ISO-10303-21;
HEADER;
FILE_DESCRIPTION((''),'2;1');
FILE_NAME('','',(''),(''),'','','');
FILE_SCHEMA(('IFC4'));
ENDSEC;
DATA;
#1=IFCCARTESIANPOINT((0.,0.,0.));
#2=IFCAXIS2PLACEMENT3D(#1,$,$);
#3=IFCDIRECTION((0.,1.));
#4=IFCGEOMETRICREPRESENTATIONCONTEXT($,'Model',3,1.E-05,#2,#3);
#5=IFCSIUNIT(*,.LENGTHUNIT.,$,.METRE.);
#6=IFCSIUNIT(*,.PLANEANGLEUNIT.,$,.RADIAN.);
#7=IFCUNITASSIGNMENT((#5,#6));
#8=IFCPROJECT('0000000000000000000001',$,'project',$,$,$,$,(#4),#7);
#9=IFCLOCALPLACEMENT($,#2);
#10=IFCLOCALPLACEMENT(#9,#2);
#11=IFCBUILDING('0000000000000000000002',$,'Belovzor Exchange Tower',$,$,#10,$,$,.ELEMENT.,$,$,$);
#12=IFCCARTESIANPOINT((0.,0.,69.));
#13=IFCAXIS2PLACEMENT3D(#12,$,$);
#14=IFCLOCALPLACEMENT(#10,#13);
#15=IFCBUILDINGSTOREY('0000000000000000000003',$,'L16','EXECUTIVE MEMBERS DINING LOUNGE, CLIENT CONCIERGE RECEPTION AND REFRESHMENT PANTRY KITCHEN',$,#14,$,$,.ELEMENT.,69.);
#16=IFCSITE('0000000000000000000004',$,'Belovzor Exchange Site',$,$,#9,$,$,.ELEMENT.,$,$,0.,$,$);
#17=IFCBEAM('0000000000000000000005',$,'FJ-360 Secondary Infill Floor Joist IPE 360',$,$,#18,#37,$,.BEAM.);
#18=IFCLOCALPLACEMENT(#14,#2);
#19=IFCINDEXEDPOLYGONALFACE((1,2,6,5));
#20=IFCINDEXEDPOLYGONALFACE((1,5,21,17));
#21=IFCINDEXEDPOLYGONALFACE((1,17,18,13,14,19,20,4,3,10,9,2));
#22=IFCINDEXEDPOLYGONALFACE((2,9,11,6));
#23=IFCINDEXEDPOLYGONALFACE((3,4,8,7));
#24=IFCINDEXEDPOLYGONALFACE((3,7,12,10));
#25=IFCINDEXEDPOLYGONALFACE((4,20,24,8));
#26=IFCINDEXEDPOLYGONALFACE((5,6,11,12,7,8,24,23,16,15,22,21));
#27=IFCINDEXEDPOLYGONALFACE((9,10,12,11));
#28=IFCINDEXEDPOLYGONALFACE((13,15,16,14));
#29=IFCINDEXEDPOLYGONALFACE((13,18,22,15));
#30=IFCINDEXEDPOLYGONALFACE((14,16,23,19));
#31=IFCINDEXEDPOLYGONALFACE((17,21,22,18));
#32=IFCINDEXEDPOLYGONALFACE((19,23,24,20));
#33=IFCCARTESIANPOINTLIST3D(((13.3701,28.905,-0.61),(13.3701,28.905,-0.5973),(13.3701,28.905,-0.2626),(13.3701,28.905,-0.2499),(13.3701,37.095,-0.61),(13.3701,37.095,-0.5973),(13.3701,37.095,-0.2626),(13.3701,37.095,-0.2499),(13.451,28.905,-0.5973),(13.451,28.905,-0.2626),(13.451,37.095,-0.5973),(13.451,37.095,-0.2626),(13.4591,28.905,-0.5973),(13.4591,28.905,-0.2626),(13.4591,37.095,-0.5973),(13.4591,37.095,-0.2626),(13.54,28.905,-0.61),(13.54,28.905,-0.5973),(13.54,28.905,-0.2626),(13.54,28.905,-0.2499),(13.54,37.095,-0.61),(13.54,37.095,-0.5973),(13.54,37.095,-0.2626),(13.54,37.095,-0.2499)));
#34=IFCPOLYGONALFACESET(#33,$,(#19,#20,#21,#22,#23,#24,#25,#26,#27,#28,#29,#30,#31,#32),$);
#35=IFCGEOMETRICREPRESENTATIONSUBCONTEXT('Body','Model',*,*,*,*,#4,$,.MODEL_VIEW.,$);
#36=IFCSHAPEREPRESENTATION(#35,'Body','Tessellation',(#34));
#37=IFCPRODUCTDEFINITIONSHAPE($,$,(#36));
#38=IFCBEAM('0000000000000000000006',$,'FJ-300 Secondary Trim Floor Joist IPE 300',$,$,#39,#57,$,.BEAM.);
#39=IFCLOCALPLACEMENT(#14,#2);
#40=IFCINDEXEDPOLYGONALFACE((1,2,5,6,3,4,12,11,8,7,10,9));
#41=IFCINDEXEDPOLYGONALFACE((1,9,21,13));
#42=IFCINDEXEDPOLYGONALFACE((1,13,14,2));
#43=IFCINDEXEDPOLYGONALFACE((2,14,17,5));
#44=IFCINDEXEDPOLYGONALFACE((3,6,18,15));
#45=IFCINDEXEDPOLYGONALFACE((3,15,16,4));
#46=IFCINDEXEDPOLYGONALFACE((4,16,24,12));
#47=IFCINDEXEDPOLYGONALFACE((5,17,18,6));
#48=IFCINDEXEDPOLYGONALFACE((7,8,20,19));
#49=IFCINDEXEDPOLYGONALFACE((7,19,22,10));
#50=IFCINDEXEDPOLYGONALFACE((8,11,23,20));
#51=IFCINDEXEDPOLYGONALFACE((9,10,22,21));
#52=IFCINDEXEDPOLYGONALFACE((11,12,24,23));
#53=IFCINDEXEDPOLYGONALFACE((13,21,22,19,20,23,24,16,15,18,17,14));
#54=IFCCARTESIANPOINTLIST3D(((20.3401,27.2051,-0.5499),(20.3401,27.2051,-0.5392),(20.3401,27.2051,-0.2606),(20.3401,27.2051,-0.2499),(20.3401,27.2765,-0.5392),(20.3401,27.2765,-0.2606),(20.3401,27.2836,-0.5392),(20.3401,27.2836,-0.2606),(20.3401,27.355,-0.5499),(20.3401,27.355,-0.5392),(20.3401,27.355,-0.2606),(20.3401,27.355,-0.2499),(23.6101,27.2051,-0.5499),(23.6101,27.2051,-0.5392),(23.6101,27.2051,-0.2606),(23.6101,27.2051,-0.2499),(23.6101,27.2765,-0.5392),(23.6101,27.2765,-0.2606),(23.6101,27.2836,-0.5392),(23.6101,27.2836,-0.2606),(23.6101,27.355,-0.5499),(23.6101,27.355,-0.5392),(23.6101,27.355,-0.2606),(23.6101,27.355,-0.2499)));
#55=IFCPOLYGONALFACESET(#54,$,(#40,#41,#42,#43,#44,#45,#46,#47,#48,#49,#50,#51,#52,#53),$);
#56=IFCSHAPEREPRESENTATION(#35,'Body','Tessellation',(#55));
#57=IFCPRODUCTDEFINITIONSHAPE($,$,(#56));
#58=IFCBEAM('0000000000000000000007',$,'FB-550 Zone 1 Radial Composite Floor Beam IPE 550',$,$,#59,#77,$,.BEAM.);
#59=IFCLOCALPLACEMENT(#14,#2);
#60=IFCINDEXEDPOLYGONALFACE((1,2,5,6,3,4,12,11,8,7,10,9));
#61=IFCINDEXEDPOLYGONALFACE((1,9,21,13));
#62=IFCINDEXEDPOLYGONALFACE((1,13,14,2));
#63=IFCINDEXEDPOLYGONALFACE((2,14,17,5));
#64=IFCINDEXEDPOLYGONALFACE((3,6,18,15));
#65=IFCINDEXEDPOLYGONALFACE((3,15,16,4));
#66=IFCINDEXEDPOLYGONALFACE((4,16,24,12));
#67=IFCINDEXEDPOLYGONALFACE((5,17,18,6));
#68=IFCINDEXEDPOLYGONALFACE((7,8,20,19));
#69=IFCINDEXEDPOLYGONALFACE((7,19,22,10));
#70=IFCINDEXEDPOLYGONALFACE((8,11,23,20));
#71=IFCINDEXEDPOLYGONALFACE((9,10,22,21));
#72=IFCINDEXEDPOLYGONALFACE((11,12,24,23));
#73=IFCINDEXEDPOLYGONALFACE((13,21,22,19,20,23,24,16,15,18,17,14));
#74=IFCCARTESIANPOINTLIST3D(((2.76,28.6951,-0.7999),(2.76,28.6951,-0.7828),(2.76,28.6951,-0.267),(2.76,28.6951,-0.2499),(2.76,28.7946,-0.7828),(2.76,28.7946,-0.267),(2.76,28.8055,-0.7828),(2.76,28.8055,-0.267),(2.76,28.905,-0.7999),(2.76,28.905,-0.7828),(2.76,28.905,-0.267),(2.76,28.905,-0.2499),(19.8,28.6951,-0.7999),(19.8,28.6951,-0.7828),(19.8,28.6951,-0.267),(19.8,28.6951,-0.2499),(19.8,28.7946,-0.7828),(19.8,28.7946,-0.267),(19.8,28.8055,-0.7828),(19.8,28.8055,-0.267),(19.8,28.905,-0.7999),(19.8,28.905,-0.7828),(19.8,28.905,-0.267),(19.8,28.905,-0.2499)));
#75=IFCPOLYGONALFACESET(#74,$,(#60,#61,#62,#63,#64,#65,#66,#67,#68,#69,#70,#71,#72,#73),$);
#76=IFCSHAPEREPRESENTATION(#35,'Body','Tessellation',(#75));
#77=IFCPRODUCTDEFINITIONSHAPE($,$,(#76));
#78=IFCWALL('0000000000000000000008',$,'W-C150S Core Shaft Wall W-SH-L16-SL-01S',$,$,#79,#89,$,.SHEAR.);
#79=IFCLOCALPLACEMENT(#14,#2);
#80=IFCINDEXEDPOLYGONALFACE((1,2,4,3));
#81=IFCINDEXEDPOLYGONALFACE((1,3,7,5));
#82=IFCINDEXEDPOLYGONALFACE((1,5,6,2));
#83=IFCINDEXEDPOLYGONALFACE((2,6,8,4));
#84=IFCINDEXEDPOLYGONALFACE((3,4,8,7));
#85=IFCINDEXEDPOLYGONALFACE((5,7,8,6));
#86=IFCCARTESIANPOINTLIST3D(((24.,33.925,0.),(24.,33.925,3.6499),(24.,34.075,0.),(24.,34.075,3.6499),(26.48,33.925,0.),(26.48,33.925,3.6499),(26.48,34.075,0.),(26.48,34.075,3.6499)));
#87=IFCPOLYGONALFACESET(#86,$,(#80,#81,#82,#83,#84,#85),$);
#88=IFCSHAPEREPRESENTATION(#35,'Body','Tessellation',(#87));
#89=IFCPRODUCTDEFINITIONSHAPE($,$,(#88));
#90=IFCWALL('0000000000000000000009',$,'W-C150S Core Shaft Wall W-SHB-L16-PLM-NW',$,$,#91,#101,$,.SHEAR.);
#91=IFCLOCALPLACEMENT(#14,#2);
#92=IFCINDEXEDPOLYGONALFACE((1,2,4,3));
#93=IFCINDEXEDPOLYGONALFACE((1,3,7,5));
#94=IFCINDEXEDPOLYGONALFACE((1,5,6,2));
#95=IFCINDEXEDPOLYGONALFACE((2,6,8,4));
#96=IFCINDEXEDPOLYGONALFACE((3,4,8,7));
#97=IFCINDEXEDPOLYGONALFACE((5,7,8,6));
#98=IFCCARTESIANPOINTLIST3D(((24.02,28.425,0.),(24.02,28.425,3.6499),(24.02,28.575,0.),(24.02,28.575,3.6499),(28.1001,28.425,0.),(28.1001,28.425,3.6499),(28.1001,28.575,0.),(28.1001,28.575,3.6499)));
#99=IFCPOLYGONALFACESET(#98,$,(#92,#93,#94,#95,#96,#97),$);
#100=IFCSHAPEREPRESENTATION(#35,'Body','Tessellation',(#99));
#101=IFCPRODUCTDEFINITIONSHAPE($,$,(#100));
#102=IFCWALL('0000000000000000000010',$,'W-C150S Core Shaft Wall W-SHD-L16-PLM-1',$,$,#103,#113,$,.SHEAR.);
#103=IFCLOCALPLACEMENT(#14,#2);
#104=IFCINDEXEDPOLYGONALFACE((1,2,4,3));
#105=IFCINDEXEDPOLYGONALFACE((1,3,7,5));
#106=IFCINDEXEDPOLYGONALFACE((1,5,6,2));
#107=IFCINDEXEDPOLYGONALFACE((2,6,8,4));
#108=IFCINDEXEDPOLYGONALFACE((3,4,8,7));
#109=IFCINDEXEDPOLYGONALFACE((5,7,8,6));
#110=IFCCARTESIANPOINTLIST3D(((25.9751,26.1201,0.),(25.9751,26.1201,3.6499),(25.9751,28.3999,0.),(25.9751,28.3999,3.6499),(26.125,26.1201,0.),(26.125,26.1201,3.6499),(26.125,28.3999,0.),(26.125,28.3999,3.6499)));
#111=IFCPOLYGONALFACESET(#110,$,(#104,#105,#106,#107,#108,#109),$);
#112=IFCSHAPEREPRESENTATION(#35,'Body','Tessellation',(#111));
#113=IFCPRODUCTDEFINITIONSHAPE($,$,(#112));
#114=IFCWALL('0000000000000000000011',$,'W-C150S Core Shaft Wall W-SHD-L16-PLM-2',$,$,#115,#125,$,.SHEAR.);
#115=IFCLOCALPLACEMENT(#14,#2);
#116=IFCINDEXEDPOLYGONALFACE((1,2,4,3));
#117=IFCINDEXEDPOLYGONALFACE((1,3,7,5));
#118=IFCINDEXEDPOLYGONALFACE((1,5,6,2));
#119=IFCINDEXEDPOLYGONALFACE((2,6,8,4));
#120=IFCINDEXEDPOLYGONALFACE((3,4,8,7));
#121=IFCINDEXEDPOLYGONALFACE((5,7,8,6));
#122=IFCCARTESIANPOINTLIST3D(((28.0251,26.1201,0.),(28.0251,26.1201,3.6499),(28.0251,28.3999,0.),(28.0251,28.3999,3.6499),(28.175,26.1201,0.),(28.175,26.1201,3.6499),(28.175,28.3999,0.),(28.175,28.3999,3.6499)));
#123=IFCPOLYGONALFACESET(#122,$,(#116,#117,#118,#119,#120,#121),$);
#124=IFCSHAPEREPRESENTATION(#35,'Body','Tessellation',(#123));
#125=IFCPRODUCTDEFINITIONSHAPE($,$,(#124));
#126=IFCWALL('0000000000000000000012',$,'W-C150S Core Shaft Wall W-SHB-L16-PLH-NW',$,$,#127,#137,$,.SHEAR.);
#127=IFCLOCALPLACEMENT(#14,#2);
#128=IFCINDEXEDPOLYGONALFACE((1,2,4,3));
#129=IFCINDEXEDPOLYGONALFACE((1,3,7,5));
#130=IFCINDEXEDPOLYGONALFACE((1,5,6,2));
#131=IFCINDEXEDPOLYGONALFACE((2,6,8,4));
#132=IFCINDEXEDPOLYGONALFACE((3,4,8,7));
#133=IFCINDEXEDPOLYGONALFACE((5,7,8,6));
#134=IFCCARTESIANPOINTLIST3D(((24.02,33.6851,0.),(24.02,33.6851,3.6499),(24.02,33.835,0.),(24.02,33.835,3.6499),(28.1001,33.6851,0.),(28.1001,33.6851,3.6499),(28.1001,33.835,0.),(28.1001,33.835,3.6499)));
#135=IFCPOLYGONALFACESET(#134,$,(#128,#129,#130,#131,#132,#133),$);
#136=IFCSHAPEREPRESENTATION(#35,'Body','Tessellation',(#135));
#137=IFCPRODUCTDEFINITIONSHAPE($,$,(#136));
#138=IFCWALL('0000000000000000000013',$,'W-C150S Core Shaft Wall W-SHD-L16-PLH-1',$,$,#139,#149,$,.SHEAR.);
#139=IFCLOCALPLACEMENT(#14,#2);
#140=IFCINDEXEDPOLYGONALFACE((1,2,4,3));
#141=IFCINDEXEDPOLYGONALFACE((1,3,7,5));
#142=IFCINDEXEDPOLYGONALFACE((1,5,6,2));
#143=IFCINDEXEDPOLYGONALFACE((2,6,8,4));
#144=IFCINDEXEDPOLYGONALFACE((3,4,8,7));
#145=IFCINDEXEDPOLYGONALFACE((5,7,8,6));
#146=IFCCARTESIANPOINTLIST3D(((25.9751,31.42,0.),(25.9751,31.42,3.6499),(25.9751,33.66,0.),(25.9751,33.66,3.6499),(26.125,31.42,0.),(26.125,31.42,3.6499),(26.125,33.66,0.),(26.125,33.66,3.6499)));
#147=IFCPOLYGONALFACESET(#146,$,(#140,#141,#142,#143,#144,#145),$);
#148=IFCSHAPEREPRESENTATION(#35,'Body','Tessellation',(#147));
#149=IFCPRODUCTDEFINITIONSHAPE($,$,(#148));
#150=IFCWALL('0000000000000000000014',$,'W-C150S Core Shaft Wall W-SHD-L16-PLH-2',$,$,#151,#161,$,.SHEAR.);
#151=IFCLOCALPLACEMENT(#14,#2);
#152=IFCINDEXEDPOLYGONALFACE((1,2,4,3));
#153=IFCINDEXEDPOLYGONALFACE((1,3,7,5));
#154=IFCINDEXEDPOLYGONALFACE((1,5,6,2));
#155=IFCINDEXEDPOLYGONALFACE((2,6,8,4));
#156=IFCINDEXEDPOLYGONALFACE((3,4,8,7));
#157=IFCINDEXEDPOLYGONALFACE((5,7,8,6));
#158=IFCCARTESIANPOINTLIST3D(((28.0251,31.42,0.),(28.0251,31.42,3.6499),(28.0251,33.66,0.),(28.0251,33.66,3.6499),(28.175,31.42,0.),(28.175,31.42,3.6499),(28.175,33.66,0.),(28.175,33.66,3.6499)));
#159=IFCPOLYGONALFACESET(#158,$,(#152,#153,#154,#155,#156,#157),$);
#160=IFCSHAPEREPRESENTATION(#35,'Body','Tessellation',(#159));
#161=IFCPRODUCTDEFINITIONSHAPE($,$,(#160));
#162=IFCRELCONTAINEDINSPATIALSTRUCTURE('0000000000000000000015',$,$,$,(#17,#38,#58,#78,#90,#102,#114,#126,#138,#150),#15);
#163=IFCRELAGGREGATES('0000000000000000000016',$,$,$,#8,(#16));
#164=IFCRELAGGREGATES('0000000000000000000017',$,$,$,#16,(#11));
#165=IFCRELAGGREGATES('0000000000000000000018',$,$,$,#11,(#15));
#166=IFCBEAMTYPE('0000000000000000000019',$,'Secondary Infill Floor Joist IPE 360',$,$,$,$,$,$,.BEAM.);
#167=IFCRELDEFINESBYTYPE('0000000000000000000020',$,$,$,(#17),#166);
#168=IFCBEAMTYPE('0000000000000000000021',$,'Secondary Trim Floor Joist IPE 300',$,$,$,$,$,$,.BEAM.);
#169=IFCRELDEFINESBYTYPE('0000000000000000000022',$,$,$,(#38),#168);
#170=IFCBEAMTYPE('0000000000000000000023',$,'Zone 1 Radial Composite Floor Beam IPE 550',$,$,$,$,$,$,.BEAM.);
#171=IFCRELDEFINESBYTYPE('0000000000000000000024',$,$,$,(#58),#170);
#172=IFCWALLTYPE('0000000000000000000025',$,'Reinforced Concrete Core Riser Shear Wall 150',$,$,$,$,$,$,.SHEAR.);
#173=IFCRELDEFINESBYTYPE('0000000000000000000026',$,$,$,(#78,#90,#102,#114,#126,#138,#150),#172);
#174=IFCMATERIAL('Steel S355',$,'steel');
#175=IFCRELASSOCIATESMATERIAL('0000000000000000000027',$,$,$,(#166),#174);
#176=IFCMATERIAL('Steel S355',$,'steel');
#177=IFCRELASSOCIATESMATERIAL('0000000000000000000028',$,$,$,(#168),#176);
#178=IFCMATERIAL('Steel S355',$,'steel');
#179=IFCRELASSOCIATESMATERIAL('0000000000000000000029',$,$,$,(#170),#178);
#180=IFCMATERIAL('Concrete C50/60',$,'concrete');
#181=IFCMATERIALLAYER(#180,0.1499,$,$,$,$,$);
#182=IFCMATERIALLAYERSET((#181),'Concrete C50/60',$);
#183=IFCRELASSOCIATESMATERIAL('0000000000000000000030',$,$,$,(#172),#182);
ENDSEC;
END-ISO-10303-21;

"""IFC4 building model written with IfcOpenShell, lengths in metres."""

from ifc_helpers import new_model, si_unit, direction, frame, frame_2d, origin, origin_2d, place, context, subcontext, project, spatial, rectangle, i_section, extrude, material, layer, layer_set, material_profile, profile_set, type_object, element, save


model = new_model("IFC4")

# Units and contexts
model_context = context("Model", 3, precision=1e-05, world=origin(), true_north=direction((0.0, 1.0)))
body_context = subcontext(model_context, "Body", "Model", "MODEL_VIEW")
ifc_project = project(units=[si_unit("LENGTHUNIT", "METRE"), si_unit("PLANEANGLEUNIT", "RADIAN")], contexts=[model_context])

# Site, building, storey
site_placement = place(None, origin())
site = spatial("IfcSite", under=ifc_project, at=site_placement, Name="Belovzor Exchange Site", CompositionType="ELEMENT", RefElevation=0.0)
building_placement = place(site_placement, origin())
building = spatial("IfcBuilding", under=site, at=building_placement, Name="Belovzor Exchange Tower", CompositionType="ELEMENT")
storey_placement = place(building_placement, frame((0.0, 0.0, 69.0)))
storey = spatial("IfcBuildingStorey", under=building, at=storey_placement, Name="L16", Description="EXECUTIVE MEMBERS DINING LOUNGE, CLIENT CONCIERGE RECEPTION AND REFRESHMENT PANTRY KITCHEN", CompositionType="ELEMENT", Elevation=69.0)

# Beams
ifc_material_1 = material(Name="Steel S355", Category="steel")
ifc_material_profile_1 = material_profile(ifc_material_1, i_section(OverallWidth=0.1699, OverallDepth=0.3601, WebThickness=0.0081, FlangeThickness=0.0127, at=origin_2d()))
ifc_profile_set_1 = profile_set([ifc_material_profile_1], Name="Steel S355")
beam_type_1 = type_object("IfcBeamType", Name="Secondary Infill Floor Joist IPE 360", PredefinedType="BEAM", material=ifc_profile_set_1)
beam_1_placement = place(storey_placement, frame((13.4551, 28.905, -0.4299), z_axis=(0.0, 1.0, 0.0), x_axis=(-1.0, 0.0, 0.0)))
element("IfcBeam", 1, at=beam_1_placement, inside=storey, type_object=beam_type_1, Name="FJ-360 Secondary Infill Floor Joist IPE 360", PredefinedType="BEAM", context=body_context, shape_type="SweptSolid", body=[
    extrude(i_section(OverallWidth=0.1699, OverallDepth=0.3601, WebThickness=0.0081, FlangeThickness=0.0127, at=origin_2d()), origin(), (0.0, 0.0, 1.0), 8.1899),
])
ifc_material_2 = material(Name="Steel S355", Category="steel")
ifc_material_profile_2 = material_profile(ifc_material_2, i_section(OverallWidth=0.1499, OverallDepth=0.3, WebThickness=0.0071, FlangeThickness=0.0107, at=origin_2d()))
ifc_profile_set_2 = profile_set([ifc_material_profile_2], Name="Steel S355")
beam_type_2 = type_object("IfcBeamType", Name="Secondary Trim Floor Joist IPE 300", PredefinedType="BEAM", material=ifc_profile_set_2)
beam_2_placement = place(storey_placement, frame((20.3401, 27.28, -0.3999), z_axis=(1.0, 0.0, 0.0), x_axis=(0.0, 1.0, 0.0)))
element("IfcBeam", 2, at=beam_2_placement, inside=storey, type_object=beam_type_2, Name="FJ-300 Secondary Trim Floor Joist IPE 300", PredefinedType="BEAM", context=body_context, shape_type="SweptSolid", body=[
    extrude(i_section(OverallWidth=0.1499, OverallDepth=0.3, WebThickness=0.0071, FlangeThickness=0.0107, at=origin_2d()), origin(), (0.0, 0.0, 1.0), 3.27),
])
ifc_material_3 = material(Name="Steel S355", Category="steel")
ifc_material_profile_3 = material_profile(ifc_material_3, i_section(OverallWidth=0.21, OverallDepth=0.55, WebThickness=0.011, FlangeThickness=0.0171, at=origin_2d()))
ifc_profile_set_3 = profile_set([ifc_material_profile_3], Name="Steel S355")
beam_type_3 = type_object("IfcBeamType", Name="Zone 1 Radial Composite Floor Beam IPE 550", PredefinedType="BEAM", material=ifc_profile_set_3)
beam_3_placement = place(storey_placement, frame((19.8, 28.8, -0.5249), z_axis=(-1.0, 0.0, 0.0), x_axis=(0.0, -1.0, 0.0)))
element("IfcBeam", 3, at=beam_3_placement, inside=storey, type_object=beam_type_3, Name="FB-550 Zone 1 Radial Composite Floor Beam IPE 550", PredefinedType="BEAM", context=body_context, shape_type="SweptSolid", body=[
    extrude(i_section(OverallWidth=0.21, OverallDepth=0.55, WebThickness=0.011, FlangeThickness=0.0171, at=origin_2d()), origin(), (0.0, 0.0, 1.0), 17.04),
])

# Walls
ifc_material_4 = material(Name="Concrete C50/60", Category="concrete")
ifc_layer_1 = layer(ifc_material_4, 0.1499)
ifc_layer_set_1 = layer_set([ifc_layer_1], Name="Concrete C50/60")
wall_type_1 = type_object("IfcWallType", Name="Reinforced Concrete Core Riser Shear Wall 150", PredefinedType="SHEAR", material=ifc_layer_set_1)
wall_1_placement = place(storey_placement, frame((24.0, 34.0, 0.0), z_axis=(0.0, 0.0, 1.0), x_axis=(1.0, 0.0, 0.0)))
element("IfcWall", 4, at=wall_1_placement, inside=storey, type_object=wall_type_1, Name="W-C150S Core Shaft Wall W-SH-L16-SL-01S", PredefinedType="SHEAR", context=body_context, shape_type="SweptSolid", body=[
    extrude(rectangle(XDim=2.48, YDim=0.1499, at=frame_2d((1.24, 0.0))), origin(), (0.0, 0.0, 1.0), 3.6499),
])
wall_2_placement = place(storey_placement, frame((24.02, 28.5, 0.0), z_axis=(0.0, 0.0, 1.0), x_axis=(1.0, 0.0, 0.0)))
element("IfcWall", 5, at=wall_2_placement, inside=storey, type_object=wall_type_1, Name="W-C150S Core Shaft Wall W-SHB-L16-PLM-NW", PredefinedType="SHEAR", context=body_context, shape_type="SweptSolid", body=[
    extrude(rectangle(XDim=4.0801, YDim=0.1499, at=frame_2d((2.04, 0.0))), origin(), (0.0, 0.0, 1.0), 3.6499),
])
for number, where, z_axis, x_axis, name in (
    (6, (26.05, 26.1201, 0.0), (0.0, 0.0, 1.0), (0.0, 1.0, 0.0), "W-C150S Core Shaft Wall W-SHD-L16-PLM-1"),
    (7, (28.1001, 26.1201, 0.0), (0.0, 0.0, 1.0), (0.0, 1.0, 0.0), "W-C150S Core Shaft Wall W-SHD-L16-PLM-2"),
):
    element("IfcWall", number, at=place(storey_placement, frame(where, z_axis=z_axis, x_axis=x_axis)), inside=storey, type_object=wall_type_1, Name=name, PredefinedType="SHEAR", context=body_context, shape_type="SweptSolid", body=[
        extrude(rectangle(XDim=2.2798, YDim=0.1499, at=frame_2d((1.1399, 0.0))), origin(), (0.0, 0.0, 1.0), 3.6499),
    ])
wall_3_placement = place(storey_placement, frame((24.02, 33.76, 0.0), z_axis=(0.0, 0.0, 1.0), x_axis=(1.0, 0.0, 0.0)))
element("IfcWall", 8, at=wall_3_placement, inside=storey, type_object=wall_type_1, Name="W-C150S Core Shaft Wall W-SHB-L16-PLH-NW", PredefinedType="SHEAR", context=body_context, shape_type="SweptSolid", body=[
    extrude(rectangle(XDim=4.0801, YDim=0.1499, at=frame_2d((2.04, 0.0))), origin(), (0.0, 0.0, 1.0), 3.6499),
])
for number, where, z_axis, x_axis, name in (
    (9, (26.05, 31.4199, 0.0), (0.0, 0.0, 1.0), (0.0, 1.0, 0.0), "W-C150S Core Shaft Wall W-SHD-L16-PLH-1"),
    (10, (28.1001, 31.4199, 0.0), (0.0, 0.0, 1.0), (0.0, 1.0, 0.0), "W-C150S Core Shaft Wall W-SHD-L16-PLH-2"),
):
    element("IfcWall", number, at=place(storey_placement, frame(where, z_axis=z_axis, x_axis=x_axis)), inside=storey, type_object=wall_type_1, Name=name, PredefinedType="SHEAR", context=body_context, shape_type="SweptSolid", body=[
        extrude(rectangle(XDim=2.24, YDim=0.1499, at=frame_2d((1.1201, 0.0))), origin(), (0.0, 0.0, 1.0), 3.6499),
    ])

save(model, "model.ifc")
